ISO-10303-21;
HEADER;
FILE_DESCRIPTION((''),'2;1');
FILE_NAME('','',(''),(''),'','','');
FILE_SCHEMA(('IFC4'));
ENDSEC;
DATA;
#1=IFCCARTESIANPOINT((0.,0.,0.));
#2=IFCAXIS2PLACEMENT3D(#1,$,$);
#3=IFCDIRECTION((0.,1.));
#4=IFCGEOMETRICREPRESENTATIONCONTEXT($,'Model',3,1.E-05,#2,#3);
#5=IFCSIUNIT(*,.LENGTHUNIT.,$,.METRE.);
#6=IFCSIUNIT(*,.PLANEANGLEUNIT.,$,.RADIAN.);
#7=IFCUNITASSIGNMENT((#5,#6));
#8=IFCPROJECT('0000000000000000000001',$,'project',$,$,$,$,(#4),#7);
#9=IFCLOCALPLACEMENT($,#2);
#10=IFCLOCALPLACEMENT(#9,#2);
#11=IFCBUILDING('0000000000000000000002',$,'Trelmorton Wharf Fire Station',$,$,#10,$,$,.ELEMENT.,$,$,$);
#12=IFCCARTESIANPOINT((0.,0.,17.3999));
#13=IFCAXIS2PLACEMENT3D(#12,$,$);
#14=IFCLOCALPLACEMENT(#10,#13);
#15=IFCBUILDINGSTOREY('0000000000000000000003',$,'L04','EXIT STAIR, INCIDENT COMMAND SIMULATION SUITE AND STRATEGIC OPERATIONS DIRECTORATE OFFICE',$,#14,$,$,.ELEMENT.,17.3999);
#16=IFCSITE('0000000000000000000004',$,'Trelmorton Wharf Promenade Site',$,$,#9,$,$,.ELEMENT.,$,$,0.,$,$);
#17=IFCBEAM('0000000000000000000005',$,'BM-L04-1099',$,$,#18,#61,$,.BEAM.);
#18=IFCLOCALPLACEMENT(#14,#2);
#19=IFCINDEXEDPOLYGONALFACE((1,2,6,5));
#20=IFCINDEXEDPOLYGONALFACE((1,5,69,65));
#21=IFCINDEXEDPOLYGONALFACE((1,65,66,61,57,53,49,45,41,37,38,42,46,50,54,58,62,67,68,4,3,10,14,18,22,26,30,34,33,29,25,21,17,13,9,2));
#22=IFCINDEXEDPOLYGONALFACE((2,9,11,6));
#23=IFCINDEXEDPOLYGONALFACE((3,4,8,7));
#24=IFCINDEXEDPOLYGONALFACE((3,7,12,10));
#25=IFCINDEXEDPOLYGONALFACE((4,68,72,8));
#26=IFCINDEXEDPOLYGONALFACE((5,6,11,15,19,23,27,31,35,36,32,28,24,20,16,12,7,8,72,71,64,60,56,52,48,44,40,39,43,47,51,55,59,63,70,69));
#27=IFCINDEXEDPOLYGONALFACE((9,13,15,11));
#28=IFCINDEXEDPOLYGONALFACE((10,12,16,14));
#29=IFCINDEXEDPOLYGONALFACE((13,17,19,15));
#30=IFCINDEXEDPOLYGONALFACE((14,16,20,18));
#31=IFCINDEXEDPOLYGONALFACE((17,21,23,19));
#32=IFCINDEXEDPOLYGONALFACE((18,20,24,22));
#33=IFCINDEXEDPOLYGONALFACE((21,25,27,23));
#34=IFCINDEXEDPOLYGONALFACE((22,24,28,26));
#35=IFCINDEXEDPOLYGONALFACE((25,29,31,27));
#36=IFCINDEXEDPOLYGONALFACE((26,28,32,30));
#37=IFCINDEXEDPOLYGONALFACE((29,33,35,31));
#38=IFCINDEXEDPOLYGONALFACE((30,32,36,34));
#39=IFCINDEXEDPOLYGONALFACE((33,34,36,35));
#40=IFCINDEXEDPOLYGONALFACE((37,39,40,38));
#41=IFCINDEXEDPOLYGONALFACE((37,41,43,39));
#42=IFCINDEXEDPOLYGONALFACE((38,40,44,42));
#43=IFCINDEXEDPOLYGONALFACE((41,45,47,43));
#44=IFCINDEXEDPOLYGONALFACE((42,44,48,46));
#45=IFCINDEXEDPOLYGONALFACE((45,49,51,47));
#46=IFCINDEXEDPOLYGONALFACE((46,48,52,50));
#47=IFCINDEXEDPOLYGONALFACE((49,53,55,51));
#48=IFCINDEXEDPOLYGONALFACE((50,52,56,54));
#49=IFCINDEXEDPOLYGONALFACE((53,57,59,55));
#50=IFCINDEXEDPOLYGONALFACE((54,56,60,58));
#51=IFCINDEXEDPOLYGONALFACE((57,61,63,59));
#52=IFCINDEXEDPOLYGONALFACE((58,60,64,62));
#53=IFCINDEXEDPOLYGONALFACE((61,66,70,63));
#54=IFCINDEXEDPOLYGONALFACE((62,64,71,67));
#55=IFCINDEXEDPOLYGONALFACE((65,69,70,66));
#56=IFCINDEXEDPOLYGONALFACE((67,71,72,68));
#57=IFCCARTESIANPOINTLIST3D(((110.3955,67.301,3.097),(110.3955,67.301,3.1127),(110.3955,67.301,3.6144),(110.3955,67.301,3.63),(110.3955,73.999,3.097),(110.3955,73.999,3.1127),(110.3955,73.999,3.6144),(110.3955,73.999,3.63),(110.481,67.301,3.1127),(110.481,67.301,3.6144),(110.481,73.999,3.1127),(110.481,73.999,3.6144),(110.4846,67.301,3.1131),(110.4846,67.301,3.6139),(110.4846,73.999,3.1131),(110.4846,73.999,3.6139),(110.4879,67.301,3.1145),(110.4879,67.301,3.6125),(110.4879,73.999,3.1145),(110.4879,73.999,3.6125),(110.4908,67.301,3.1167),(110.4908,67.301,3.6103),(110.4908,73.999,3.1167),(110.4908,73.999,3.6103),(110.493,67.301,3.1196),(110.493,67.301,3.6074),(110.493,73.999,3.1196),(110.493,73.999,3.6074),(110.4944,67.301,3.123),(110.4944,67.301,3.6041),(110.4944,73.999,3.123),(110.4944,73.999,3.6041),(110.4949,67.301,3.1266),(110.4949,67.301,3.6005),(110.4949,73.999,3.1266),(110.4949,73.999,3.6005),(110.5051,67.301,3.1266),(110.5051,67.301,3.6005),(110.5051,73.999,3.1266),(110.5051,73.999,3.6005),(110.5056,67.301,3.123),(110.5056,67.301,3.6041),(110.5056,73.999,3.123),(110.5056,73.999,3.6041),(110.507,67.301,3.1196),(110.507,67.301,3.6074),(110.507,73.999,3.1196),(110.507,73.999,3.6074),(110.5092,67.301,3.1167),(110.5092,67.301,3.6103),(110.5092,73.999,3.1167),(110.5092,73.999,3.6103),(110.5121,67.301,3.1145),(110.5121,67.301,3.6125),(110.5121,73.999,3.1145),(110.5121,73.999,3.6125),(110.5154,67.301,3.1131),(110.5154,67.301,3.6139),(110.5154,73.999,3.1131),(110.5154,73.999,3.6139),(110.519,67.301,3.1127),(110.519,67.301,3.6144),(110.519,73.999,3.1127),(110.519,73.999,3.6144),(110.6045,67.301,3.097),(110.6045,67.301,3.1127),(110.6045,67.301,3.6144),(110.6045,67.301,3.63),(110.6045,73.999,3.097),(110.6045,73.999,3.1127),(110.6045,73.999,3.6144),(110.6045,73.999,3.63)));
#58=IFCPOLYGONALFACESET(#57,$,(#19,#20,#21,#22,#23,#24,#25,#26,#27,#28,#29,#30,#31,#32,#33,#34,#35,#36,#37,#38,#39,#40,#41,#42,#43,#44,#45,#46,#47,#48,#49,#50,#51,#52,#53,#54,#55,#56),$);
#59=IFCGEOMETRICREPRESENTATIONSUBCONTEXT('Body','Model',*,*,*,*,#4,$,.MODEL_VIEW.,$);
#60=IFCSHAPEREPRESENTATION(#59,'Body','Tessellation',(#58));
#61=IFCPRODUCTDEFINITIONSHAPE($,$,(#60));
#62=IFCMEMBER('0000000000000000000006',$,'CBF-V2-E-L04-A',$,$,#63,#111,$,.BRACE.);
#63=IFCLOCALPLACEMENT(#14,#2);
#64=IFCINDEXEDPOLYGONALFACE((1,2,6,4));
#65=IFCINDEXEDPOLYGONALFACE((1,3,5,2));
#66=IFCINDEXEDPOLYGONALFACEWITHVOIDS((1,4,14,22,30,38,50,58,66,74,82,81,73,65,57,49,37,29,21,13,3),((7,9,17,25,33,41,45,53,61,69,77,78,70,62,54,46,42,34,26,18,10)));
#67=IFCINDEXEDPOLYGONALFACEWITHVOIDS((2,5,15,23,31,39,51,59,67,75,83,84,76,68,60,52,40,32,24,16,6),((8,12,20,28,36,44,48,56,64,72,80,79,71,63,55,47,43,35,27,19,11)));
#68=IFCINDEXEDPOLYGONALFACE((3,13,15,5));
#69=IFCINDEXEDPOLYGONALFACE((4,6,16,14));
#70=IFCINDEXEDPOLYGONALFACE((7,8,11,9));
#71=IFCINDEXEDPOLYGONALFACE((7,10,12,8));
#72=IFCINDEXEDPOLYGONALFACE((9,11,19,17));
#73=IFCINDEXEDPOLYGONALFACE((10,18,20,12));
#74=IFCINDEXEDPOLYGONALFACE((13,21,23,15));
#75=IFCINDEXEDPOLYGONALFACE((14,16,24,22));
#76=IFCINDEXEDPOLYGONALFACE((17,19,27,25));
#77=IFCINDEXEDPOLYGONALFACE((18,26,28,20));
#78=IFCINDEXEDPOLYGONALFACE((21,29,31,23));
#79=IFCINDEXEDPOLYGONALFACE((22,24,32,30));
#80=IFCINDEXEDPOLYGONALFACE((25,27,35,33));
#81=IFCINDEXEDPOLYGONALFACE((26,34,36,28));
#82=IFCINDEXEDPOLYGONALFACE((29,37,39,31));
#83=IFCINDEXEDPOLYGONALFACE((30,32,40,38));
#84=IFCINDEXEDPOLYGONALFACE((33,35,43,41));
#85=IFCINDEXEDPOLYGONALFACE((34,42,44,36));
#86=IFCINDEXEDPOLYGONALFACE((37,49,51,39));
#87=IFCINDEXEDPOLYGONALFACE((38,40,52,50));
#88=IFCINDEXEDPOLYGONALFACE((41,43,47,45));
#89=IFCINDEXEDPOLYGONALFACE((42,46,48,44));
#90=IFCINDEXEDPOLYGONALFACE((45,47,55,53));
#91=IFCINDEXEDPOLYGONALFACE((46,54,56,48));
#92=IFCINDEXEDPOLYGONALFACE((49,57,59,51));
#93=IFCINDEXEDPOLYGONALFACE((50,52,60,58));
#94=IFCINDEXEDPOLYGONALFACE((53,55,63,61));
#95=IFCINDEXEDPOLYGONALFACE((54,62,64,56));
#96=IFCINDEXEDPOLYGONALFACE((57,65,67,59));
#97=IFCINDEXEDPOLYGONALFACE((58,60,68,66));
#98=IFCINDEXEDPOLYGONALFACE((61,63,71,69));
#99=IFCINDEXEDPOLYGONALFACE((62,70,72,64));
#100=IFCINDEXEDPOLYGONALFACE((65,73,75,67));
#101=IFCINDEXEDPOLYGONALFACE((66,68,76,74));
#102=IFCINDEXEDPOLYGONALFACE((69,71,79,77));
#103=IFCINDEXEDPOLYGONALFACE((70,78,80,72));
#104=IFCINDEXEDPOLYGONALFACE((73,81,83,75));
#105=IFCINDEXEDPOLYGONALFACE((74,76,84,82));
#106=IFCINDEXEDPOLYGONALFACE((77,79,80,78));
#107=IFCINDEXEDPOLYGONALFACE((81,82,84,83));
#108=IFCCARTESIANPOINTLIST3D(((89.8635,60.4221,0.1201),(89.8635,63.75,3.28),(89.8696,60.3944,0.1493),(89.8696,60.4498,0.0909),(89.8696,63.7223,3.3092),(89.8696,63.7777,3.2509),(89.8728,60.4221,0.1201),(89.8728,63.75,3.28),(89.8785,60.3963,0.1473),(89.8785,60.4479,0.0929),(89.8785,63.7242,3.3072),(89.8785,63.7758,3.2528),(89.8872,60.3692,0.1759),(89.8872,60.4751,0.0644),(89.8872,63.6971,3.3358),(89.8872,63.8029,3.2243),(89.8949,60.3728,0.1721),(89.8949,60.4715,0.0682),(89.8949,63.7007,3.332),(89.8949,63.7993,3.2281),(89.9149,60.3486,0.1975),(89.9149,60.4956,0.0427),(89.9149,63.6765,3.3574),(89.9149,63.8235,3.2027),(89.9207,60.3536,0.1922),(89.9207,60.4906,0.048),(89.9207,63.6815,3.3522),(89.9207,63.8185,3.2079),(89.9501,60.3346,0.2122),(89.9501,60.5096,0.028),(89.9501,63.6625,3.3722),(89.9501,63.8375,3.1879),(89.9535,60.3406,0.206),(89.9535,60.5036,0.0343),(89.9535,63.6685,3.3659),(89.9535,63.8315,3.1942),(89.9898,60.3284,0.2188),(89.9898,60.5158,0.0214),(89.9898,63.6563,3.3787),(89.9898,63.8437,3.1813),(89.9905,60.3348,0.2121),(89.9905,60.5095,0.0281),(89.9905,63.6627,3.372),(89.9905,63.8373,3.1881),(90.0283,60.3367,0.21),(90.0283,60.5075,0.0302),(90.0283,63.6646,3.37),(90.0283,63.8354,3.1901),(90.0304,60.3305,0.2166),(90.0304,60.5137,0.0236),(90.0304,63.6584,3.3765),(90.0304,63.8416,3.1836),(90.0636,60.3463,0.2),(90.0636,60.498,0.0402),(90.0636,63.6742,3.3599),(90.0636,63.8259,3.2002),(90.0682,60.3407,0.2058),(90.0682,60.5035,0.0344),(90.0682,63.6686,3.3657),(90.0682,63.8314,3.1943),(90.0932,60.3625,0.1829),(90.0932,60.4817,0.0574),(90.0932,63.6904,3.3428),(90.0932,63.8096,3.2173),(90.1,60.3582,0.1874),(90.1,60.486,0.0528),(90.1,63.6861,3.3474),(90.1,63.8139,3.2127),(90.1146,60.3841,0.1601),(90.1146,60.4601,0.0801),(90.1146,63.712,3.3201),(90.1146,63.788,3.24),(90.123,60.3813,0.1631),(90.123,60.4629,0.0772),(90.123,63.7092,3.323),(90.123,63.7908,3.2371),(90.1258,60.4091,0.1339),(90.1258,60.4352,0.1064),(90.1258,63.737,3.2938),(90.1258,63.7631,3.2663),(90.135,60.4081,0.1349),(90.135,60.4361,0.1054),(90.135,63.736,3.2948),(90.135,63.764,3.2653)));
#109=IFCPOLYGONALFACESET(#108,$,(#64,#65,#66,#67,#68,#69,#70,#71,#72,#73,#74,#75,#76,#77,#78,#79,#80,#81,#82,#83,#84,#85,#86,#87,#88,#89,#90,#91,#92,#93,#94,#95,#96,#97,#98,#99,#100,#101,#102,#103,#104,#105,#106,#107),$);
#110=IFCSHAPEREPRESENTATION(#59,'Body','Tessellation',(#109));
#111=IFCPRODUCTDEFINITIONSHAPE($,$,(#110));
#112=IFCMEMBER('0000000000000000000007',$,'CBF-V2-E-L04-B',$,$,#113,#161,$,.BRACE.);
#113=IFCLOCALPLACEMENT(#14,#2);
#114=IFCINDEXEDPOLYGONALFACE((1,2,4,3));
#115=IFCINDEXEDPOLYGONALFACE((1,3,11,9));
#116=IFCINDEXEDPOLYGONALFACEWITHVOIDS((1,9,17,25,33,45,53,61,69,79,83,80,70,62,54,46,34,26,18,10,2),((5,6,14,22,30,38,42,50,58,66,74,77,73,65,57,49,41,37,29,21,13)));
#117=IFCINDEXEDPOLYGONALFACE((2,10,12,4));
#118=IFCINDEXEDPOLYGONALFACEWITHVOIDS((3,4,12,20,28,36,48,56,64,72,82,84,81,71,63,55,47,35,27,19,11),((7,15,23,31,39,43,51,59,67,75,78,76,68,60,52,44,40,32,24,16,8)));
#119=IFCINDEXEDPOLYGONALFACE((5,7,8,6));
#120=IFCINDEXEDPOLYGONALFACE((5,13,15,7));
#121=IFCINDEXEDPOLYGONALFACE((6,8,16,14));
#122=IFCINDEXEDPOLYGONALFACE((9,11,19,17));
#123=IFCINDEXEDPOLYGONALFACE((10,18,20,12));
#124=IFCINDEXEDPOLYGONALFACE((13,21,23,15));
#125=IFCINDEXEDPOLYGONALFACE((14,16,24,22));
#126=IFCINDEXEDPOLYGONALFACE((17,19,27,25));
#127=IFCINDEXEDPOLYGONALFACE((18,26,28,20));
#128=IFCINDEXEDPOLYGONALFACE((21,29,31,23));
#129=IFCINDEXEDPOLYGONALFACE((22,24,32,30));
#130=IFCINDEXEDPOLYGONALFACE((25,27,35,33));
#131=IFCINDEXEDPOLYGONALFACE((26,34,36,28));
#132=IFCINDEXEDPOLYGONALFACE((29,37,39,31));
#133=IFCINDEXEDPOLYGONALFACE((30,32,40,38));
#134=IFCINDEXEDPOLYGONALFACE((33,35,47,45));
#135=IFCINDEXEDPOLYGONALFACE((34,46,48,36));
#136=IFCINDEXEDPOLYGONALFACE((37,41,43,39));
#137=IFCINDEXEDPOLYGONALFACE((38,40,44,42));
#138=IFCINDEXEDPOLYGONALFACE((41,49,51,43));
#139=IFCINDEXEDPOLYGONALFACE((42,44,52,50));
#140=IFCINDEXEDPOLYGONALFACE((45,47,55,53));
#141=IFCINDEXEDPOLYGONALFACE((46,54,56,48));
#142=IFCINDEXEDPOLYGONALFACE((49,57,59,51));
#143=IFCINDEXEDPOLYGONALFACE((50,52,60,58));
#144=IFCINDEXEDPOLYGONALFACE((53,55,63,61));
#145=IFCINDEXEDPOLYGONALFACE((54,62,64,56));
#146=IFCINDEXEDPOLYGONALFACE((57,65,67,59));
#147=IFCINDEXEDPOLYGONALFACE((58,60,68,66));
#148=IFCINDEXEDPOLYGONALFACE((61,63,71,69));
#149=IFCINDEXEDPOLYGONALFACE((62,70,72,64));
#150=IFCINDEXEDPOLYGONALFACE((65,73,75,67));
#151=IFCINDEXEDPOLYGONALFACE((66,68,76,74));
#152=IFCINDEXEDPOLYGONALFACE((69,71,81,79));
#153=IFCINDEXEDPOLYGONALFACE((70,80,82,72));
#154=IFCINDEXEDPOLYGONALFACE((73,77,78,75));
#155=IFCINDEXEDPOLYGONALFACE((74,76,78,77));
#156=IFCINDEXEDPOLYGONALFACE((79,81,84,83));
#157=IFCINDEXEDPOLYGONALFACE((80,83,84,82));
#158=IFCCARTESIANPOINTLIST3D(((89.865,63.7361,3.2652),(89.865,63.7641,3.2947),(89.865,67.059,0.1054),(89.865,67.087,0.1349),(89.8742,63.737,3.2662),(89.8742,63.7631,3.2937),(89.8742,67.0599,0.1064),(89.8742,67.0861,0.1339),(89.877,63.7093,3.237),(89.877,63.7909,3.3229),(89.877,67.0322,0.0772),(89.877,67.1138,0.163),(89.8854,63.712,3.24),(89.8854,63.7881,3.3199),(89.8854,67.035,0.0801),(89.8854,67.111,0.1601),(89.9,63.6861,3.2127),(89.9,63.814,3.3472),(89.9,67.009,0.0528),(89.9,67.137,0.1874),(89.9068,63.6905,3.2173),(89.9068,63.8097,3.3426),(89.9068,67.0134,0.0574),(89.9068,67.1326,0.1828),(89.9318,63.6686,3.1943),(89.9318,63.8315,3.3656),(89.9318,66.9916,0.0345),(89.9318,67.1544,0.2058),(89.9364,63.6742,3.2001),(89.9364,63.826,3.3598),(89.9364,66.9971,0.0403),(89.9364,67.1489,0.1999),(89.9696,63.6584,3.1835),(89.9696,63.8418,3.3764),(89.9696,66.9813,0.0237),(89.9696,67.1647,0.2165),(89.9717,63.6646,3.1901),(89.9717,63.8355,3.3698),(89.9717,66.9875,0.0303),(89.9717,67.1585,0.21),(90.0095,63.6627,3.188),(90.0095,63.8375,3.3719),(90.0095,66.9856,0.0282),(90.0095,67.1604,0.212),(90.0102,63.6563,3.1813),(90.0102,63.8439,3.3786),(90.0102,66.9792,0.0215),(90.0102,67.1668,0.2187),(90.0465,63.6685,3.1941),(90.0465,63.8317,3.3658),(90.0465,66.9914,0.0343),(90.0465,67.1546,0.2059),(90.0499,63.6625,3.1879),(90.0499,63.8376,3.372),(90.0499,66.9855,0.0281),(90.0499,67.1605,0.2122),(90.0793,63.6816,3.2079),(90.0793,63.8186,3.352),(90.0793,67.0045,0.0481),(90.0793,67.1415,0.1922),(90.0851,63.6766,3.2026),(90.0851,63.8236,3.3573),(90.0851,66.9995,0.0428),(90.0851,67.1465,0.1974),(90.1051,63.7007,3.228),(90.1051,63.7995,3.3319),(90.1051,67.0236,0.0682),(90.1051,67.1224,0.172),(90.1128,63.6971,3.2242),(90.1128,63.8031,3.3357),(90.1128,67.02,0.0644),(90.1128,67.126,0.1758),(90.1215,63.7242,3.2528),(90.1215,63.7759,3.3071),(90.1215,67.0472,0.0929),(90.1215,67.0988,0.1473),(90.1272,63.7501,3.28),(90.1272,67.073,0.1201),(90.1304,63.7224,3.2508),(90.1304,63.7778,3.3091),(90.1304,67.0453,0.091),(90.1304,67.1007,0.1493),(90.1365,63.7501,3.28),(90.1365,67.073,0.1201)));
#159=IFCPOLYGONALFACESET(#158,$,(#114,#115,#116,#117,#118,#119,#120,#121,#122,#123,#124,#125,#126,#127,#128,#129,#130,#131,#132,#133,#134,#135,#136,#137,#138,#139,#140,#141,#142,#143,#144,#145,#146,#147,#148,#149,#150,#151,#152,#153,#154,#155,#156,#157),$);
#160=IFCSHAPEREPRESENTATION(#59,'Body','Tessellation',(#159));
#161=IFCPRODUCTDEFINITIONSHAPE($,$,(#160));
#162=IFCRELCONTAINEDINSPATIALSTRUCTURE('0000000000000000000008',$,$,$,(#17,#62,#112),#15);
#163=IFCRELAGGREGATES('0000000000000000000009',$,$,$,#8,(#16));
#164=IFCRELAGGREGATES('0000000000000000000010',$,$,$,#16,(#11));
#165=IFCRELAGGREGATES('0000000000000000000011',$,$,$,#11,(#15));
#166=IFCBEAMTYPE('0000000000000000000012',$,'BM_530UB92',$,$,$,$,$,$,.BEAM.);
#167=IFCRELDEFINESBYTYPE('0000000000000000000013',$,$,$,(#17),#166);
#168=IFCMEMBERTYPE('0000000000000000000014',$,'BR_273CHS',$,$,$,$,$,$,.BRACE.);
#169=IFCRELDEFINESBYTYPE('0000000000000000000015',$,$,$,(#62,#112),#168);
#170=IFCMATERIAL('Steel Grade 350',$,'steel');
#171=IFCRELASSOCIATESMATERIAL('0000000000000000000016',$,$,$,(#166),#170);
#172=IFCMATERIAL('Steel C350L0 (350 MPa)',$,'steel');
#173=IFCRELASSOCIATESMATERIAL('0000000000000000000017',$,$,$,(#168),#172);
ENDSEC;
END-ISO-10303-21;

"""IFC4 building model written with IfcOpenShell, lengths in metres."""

from ifc_helpers import new_model, si_unit, direction, frame, origin, origin_2d, place, context, subcontext, project, spatial, hollow_circle, i_section, extrude, material, material_profile, profile_set, type_object, element, save


model = new_model("IFC4")

# Units and contexts
model_context = context("Model", 3, precision=1e-05, world=origin(), true_north=direction((0.0, 1.0)))
body_context = subcontext(model_context, "Body", "Model", "MODEL_VIEW")
ifc_project = project(units=[si_unit("LENGTHUNIT", "METRE"), si_unit("PLANEANGLEUNIT", "RADIAN")], contexts=[model_context])

# Site, building, storey
site_placement = place(None, origin())
site = spatial("IfcSite", under=ifc_project, at=site_placement, Name="Trelmorton Wharf Promenade Site", CompositionType="ELEMENT", RefElevation=0.0)
building_placement = place(site_placement, origin())
building = spatial("IfcBuilding", under=site, at=building_placement, Name="Trelmorton Wharf Fire Station", CompositionType="ELEMENT")
storey_placement = place(building_placement, frame((0.0, 0.0, 17.3999)))
storey = spatial("IfcBuildingStorey", under=building, at=storey_placement, Name="L04", Description="EXIT STAIR, INCIDENT COMMAND SIMULATION SUITE AND STRATEGIC OPERATIONS DIRECTORATE OFFICE", CompositionType="ELEMENT", Elevation=17.3999)

# Shared definitions
ifc_material_1 = material(Name="Steel Grade 350", Category="steel")

# Beam
ifc_material_profile_1 = material_profile(ifc_material_1, i_section(OverallWidth=0.209, OverallDepth=0.533, WebThickness=0.0103, FlangeThickness=0.0156, FilletRadius=0.0139, at=origin_2d()), Name="530UB92.4")
ifc_profile_set_1 = profile_set([ifc_material_profile_1], Name="Steel Grade 350")
beam_type_1 = type_object("IfcBeamType", Name="BM_530UB92", PredefinedType="BEAM", material=ifc_profile_set_1)
beam_1_placement = place(storey_placement, frame((110.5, 67.301, 3.3635), z_axis=(0.0, 1.0, 0.0), x_axis=(-1.0, 0.0, 0.0)))
element("IfcBeam", 1, at=beam_1_placement, inside=storey, type_object=beam_type_1, Name="BM-L04-1099", PredefinedType="BEAM", context=body_context, shape_type="SweptSolid", body=[
    extrude(i_section(OverallWidth=0.209, OverallDepth=0.533, WebThickness=0.0103, FlangeThickness=0.0156, FilletRadius=0.0139, at=origin_2d()), origin(), (0.0, 0.0, 1.0), 6.698),
])

# Members
ifc_material_2 = material(Name="Steel C350L0 (350 MPa)", Category="steel")
ifc_material_profile_2 = material_profile(ifc_material_2, hollow_circle(Radius=0.1365, WallThickness=0.0093, at=origin_2d()), Name="273.1x9.3CHS")
ifc_profile_set_2 = profile_set([ifc_material_profile_2], Name="Steel C350L0 (350 MPa)")
member_type = type_object("IfcMemberType", Name="BR_273CHS", PredefinedType="BRACE", material=ifc_profile_set_2)
member_1_placement = place(storey_placement, frame((90.0, 60.4221, 0.1201), z_axis=(0.0, 0.725171, 0.688569), x_axis=(-1.0, 0.0, 0.0)))
element("IfcMember", 2, at=member_1_placement, inside=storey, type_object=member_type, Name="CBF-V2-E-L04-A", PredefinedType="BRACE", context=body_context, shape_type="SweptSolid", body=[
    extrude(hollow_circle(Radius=0.1365, WallThickness=0.0093, at=origin_2d()), origin(), (0.0, 0.0, 1.0), 4.5891),
])
member_2_placement = place(storey_placement, frame((90.0, 67.073, 0.1201), z_axis=(0.0, -0.724666, 0.689101), x_axis=(1.0, 0.0, 0.0)))
element("IfcMember", 3, at=member_2_placement, inside=storey, type_object=member_type, Name="CBF-V2-E-L04-B", PredefinedType="BRACE", context=body_context, shape_type="SweptSolid", body=[
    extrude(hollow_circle(Radius=0.1365, WallThickness=0.0093, at=origin_2d()), origin(), (0.0, 0.0, 1.0), 4.5854),
])

save(model, "model.ifc")
